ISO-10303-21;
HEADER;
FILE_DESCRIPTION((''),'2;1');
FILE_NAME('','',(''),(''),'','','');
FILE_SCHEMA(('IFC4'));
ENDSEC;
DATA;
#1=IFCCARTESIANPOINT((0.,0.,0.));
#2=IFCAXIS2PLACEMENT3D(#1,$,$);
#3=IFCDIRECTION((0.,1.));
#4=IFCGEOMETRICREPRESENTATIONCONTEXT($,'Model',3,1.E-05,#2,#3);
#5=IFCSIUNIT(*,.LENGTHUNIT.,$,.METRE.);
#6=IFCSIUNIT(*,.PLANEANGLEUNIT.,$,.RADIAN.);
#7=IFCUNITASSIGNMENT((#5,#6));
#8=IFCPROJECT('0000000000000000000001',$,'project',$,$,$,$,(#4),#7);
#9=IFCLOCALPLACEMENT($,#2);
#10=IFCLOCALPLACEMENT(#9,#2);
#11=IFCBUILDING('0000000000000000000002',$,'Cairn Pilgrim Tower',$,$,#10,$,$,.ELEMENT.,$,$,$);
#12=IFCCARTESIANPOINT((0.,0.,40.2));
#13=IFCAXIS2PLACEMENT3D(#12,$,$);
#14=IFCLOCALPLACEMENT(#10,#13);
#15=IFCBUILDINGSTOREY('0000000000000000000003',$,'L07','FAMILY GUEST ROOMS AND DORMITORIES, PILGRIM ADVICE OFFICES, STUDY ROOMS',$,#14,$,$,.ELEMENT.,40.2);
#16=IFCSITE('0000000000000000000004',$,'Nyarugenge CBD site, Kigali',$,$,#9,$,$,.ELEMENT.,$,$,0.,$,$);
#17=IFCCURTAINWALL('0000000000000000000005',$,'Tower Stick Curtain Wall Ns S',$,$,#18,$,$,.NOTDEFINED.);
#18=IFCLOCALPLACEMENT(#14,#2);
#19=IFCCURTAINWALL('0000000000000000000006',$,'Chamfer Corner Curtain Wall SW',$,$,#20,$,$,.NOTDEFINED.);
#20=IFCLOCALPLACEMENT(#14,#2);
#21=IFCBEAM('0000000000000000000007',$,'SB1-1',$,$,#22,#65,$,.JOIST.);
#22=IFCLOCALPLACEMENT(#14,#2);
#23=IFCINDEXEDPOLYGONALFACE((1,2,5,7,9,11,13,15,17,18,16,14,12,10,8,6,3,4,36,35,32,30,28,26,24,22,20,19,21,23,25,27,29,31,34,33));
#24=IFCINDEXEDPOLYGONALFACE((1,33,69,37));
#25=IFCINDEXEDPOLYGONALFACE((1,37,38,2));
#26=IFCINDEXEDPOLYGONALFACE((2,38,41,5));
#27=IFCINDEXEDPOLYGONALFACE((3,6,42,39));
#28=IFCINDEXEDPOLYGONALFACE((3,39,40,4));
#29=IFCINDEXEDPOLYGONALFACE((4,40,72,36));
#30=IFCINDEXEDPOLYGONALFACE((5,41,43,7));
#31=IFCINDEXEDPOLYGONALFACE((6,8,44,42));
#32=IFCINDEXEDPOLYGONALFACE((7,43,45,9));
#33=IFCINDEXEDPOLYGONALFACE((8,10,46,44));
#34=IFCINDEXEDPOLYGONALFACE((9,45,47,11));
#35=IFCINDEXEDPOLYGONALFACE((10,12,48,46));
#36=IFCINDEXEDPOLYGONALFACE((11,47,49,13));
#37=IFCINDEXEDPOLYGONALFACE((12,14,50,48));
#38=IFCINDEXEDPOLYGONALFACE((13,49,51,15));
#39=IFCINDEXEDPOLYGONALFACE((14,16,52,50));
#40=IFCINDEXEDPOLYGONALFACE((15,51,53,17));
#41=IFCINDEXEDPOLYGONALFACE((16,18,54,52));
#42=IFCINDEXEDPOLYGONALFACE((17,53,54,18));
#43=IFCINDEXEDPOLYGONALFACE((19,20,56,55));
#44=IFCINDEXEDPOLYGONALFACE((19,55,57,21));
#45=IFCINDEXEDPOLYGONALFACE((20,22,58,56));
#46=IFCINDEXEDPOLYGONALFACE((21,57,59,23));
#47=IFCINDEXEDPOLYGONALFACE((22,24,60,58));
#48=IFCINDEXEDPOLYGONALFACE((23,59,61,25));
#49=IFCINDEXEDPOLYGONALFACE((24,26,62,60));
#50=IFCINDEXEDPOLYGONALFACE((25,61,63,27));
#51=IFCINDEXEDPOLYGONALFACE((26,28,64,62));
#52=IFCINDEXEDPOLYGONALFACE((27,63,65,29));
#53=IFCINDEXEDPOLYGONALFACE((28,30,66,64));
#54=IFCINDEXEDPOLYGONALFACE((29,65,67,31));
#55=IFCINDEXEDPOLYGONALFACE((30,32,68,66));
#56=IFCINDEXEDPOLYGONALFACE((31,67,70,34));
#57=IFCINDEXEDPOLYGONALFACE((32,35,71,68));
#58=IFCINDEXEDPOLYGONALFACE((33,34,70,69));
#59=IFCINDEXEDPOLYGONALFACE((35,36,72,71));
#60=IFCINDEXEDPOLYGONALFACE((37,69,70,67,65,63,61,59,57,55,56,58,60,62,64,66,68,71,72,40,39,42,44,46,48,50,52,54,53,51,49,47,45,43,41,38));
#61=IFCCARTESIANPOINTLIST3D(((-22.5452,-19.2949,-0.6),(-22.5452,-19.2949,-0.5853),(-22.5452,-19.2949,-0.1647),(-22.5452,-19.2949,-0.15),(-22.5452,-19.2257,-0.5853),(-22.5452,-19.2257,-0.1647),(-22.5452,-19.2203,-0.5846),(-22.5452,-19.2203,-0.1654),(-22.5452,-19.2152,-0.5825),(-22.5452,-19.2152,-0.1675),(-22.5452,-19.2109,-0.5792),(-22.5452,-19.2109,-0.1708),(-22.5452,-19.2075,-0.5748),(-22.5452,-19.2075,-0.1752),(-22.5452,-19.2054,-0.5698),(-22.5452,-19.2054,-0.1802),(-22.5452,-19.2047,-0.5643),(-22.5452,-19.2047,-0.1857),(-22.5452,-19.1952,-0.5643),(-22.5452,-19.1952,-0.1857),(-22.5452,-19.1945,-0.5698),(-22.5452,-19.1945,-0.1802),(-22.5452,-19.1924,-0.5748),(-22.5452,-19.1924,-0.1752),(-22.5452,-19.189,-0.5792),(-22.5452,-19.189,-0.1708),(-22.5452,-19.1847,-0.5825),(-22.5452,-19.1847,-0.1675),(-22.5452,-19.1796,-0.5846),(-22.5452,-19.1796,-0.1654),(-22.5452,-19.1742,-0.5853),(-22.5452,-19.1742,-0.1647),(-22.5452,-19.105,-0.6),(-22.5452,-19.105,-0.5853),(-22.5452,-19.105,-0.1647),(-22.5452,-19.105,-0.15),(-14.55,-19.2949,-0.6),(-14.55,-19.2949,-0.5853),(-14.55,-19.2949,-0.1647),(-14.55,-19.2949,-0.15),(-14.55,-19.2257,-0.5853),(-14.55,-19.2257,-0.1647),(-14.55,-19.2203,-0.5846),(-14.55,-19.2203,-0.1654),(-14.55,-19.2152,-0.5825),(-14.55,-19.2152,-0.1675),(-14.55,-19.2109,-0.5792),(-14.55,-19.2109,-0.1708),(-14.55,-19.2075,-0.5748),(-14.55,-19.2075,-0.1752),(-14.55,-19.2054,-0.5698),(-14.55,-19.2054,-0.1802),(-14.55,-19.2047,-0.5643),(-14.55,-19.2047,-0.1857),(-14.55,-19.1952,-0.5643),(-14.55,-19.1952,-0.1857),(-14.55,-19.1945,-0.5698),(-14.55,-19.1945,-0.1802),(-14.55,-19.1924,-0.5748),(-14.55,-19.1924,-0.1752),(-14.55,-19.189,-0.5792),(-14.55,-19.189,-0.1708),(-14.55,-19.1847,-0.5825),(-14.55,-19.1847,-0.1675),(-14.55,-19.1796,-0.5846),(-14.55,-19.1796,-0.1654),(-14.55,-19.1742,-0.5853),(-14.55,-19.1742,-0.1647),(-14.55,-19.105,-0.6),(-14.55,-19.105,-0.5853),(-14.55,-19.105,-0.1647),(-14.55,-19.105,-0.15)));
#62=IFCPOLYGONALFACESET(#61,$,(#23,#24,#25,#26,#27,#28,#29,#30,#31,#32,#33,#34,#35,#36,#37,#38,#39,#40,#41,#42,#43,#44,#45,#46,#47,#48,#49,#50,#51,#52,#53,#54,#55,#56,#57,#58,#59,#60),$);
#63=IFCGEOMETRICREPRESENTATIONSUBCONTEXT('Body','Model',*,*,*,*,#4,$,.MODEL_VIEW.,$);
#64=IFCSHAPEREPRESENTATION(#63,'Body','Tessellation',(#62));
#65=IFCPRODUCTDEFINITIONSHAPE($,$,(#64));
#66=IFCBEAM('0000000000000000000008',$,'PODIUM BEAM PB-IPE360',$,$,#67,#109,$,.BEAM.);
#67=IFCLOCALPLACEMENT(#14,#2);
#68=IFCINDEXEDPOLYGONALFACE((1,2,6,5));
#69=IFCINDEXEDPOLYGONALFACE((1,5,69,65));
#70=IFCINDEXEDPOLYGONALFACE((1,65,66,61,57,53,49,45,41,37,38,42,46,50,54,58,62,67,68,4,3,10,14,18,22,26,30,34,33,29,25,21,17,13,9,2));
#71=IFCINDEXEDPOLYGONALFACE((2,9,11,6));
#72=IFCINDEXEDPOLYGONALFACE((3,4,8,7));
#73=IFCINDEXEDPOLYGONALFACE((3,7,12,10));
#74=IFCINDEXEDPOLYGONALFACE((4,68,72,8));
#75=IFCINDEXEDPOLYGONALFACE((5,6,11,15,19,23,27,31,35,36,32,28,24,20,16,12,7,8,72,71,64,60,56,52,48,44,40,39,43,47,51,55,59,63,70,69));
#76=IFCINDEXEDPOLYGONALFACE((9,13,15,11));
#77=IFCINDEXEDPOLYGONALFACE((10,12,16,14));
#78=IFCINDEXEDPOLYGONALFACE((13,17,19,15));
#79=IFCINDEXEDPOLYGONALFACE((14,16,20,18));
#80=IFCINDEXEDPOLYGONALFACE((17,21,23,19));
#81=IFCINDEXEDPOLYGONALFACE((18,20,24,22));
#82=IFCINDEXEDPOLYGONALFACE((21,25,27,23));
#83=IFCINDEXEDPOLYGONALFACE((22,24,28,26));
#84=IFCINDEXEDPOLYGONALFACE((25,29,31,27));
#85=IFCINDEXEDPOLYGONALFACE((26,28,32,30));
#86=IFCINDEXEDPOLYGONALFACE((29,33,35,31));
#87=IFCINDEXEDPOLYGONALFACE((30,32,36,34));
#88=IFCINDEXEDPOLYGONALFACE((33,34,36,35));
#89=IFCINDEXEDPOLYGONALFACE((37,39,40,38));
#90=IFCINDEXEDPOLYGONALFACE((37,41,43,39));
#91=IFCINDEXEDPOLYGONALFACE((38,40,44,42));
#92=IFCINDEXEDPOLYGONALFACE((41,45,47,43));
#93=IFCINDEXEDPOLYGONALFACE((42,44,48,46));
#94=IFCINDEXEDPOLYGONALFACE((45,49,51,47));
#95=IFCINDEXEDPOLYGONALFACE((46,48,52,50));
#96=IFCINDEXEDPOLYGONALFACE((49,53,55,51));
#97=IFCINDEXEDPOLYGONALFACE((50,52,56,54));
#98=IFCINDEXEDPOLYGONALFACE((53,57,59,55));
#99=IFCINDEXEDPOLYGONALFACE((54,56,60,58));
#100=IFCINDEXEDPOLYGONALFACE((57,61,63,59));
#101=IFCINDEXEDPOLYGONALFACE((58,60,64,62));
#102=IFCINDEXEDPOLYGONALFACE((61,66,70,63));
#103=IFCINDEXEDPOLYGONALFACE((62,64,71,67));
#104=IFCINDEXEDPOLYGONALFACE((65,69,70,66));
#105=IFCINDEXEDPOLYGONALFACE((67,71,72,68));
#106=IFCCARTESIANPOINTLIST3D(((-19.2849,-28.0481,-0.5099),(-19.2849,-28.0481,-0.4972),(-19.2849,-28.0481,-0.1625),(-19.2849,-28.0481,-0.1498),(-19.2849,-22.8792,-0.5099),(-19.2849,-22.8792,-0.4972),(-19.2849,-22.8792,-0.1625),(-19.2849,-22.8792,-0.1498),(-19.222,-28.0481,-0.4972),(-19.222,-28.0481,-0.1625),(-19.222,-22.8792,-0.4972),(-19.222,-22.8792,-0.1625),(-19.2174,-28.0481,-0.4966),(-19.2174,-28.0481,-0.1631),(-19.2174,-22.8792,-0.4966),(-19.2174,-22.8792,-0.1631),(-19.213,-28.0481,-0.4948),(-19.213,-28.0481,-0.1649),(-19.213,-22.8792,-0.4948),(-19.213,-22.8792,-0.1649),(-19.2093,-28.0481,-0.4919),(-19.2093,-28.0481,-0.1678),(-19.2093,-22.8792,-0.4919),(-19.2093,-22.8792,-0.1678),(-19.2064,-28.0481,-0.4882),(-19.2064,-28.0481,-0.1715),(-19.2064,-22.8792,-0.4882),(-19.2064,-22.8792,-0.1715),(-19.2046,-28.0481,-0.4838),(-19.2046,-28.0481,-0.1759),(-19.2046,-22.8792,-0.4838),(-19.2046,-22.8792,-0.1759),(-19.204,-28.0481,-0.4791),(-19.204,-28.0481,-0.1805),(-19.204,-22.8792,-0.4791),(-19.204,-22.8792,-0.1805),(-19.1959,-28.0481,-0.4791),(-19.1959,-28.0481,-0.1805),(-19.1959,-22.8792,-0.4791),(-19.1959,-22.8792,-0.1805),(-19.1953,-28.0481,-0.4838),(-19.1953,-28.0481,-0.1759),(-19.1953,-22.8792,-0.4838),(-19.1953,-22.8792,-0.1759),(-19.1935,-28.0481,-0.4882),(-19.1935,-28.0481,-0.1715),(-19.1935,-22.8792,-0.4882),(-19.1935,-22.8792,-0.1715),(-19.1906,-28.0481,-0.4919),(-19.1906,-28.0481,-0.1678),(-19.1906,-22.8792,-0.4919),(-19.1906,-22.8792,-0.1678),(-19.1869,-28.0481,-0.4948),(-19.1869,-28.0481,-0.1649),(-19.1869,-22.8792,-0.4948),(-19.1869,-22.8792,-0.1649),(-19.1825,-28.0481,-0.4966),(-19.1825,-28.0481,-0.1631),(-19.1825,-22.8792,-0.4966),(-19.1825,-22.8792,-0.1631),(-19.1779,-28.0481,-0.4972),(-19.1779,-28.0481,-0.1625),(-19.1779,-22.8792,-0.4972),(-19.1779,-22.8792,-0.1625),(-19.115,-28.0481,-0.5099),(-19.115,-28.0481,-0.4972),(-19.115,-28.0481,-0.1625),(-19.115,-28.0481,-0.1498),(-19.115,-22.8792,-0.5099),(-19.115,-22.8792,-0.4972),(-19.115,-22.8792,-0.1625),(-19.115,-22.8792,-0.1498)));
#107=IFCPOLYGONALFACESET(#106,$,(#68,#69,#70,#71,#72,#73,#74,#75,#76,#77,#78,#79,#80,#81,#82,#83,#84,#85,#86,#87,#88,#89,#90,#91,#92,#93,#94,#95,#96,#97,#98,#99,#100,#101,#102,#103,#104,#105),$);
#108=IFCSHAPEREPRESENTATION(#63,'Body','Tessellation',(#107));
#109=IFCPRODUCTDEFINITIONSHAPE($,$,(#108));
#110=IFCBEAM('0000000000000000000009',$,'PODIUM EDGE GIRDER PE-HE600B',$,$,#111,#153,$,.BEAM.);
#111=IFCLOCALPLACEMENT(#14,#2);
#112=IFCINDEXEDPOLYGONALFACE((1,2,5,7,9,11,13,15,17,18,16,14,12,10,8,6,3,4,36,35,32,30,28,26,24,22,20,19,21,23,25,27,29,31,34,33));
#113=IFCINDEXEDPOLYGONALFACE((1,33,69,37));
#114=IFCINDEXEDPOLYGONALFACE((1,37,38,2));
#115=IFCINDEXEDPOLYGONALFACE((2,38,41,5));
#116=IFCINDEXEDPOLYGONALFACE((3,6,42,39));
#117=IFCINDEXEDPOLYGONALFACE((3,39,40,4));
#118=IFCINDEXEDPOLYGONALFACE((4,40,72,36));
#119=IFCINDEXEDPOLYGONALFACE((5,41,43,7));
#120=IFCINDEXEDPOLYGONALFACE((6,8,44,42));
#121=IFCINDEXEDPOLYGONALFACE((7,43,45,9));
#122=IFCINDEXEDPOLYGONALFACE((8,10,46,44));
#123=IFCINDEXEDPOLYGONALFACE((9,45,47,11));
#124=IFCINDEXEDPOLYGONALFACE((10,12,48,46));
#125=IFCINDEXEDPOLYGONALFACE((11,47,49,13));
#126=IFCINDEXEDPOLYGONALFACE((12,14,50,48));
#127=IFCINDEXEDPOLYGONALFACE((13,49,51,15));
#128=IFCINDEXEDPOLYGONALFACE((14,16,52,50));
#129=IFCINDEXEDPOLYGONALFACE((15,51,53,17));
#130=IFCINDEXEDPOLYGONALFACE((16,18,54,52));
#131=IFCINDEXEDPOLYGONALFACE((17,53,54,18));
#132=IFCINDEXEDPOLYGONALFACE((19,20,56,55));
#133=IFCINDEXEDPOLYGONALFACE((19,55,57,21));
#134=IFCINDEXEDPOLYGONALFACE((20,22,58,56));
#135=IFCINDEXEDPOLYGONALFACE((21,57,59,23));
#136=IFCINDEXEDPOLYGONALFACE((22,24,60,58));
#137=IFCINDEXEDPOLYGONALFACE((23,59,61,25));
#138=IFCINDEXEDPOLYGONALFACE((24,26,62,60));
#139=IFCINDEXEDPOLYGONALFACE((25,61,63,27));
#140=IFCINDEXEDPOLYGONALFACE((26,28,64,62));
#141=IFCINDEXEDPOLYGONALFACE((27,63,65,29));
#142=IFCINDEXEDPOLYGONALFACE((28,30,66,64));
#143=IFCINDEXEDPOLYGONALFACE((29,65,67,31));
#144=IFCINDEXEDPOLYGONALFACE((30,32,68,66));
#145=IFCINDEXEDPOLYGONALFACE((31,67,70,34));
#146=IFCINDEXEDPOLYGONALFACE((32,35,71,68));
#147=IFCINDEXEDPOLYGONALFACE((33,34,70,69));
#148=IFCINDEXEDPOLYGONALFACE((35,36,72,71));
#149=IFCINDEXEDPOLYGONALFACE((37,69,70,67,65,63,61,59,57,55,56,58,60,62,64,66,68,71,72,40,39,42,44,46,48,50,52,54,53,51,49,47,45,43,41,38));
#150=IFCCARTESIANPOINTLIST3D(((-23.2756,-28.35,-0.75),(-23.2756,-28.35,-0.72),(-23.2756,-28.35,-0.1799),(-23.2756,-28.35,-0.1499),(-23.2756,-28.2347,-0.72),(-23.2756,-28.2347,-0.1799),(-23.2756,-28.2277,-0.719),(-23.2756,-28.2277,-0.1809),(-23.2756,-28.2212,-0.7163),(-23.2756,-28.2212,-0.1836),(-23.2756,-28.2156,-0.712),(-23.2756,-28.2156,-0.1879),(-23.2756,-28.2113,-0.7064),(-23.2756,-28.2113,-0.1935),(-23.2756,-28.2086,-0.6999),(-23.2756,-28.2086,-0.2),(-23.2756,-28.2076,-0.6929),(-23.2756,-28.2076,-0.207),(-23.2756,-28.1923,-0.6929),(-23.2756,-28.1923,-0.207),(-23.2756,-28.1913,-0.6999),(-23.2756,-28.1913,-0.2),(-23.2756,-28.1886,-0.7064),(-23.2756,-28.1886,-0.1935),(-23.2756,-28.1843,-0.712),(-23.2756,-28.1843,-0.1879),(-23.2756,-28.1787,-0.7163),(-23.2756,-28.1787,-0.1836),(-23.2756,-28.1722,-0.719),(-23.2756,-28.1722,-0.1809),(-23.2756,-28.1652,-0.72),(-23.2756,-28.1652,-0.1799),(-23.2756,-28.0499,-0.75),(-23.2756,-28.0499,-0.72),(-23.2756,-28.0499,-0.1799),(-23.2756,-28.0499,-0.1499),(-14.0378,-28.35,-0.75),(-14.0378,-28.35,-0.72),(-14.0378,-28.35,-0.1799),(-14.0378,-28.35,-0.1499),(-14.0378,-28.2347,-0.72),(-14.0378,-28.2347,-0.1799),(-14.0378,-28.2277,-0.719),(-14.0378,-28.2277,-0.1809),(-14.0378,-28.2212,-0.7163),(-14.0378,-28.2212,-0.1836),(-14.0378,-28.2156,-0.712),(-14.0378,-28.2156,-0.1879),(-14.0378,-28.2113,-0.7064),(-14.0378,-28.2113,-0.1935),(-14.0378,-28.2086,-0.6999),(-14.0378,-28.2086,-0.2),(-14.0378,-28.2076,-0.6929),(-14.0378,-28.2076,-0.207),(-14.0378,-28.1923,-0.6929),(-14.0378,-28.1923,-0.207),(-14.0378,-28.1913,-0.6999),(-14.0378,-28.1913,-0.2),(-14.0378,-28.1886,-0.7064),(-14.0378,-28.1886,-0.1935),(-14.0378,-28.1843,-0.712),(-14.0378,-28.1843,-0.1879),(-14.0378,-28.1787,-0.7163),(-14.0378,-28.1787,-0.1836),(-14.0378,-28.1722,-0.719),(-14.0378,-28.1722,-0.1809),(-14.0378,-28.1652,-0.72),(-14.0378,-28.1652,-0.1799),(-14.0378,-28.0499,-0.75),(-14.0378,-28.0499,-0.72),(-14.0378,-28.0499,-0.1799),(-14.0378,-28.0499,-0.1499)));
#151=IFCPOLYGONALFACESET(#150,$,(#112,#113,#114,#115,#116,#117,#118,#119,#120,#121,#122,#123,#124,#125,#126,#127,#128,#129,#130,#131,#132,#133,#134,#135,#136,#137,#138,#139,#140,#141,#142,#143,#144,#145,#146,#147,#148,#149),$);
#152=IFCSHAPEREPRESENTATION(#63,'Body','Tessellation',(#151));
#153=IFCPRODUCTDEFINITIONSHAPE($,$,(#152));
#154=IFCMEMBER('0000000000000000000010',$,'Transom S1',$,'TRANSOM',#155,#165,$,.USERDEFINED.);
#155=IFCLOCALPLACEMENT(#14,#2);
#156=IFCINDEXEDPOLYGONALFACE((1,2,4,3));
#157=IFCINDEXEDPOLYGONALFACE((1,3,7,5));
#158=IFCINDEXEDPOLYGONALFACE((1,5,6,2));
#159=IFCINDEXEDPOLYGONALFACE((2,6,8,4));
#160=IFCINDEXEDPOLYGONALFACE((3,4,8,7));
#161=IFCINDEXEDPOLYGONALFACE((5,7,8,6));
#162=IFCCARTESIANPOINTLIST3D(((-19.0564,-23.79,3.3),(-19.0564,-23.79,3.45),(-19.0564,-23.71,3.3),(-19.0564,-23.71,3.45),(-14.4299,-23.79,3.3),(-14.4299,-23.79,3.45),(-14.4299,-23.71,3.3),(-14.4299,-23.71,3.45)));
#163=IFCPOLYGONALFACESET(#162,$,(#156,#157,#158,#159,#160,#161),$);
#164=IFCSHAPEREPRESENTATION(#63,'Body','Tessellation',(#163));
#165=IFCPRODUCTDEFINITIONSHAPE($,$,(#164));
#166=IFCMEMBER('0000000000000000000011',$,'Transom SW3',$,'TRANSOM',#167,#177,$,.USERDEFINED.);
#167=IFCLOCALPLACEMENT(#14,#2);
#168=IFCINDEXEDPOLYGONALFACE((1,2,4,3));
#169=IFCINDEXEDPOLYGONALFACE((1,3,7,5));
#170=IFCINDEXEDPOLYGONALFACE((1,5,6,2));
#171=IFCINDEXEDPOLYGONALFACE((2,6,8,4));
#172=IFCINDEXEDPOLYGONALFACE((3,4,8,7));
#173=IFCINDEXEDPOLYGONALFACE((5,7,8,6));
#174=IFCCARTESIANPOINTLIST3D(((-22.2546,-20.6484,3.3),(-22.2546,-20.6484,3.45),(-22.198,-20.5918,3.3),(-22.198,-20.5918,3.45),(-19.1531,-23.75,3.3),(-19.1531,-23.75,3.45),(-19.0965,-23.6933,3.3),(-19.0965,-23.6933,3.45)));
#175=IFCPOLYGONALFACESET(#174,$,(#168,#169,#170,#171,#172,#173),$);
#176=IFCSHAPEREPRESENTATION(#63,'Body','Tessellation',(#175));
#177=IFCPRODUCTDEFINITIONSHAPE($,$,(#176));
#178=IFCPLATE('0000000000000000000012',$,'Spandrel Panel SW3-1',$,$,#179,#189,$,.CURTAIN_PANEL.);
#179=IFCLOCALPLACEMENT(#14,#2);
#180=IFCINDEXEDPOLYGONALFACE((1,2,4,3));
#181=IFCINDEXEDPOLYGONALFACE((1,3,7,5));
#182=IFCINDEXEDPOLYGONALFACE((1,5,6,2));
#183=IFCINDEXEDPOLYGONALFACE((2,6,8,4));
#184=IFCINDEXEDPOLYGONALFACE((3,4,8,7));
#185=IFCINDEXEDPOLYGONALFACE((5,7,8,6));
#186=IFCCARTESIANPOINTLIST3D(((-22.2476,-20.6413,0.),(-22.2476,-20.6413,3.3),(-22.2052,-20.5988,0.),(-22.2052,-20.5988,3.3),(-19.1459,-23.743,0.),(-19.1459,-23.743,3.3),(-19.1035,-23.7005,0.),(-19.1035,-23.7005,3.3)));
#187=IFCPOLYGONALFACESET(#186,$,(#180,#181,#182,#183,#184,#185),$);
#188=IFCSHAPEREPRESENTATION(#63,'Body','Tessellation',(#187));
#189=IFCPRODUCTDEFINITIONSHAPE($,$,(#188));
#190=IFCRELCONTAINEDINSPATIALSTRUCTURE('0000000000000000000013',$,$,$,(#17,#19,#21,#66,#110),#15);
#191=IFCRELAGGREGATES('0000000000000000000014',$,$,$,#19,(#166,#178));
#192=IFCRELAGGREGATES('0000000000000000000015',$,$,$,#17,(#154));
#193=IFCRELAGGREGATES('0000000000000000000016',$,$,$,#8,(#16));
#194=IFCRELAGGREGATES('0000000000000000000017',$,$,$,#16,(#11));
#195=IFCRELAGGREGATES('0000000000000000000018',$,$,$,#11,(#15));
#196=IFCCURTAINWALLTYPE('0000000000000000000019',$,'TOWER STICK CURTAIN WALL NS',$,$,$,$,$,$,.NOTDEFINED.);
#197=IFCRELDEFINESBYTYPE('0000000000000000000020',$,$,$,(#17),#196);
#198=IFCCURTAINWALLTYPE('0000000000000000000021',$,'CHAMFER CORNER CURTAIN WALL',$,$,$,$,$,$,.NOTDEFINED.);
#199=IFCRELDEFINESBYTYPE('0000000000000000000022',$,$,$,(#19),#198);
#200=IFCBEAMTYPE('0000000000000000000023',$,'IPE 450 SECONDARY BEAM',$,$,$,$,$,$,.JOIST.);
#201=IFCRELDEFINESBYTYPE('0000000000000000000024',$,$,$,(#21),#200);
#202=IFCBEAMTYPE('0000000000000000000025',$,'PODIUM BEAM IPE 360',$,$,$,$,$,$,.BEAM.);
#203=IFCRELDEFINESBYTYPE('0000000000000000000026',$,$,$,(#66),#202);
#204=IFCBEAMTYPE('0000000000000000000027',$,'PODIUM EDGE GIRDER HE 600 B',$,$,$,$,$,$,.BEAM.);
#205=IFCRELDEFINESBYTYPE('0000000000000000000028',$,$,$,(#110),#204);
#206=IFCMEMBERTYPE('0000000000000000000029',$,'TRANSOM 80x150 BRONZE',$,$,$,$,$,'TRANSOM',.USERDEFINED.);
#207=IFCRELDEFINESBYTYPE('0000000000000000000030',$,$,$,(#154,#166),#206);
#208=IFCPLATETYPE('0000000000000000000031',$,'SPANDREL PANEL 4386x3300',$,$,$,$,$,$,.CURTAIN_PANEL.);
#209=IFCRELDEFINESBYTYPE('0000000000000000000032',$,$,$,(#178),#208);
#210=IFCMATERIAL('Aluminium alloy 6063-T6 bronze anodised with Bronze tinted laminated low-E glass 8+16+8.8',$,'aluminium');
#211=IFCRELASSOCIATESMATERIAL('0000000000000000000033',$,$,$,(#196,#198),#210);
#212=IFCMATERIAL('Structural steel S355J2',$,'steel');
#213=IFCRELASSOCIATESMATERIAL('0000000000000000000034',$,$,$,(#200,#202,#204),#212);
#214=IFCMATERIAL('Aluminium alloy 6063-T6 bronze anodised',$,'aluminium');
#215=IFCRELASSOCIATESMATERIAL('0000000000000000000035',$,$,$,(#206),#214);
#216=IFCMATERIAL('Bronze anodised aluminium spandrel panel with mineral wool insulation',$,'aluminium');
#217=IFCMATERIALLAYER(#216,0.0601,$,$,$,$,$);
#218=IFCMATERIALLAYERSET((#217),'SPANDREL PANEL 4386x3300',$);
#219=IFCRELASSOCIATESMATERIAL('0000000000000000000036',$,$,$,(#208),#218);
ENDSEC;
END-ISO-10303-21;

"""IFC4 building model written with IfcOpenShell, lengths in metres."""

from ifc_helpers import new_model, si_unit, direction, frame, origin, origin_2d, place, context, subcontext, project, spatial, rectangle, i_section, extrude, material, layer, layer_set, material_profile, profile_set, type_object, element, aggregate, save


model = new_model("IFC4")

# Units and contexts
model_context = context("Model", 3, precision=1e-05, world=origin(), true_north=direction((0.0, 1.0)))
body_context = subcontext(model_context, "Body", "Model", "MODEL_VIEW")
ifc_project = project(units=[si_unit("LENGTHUNIT", "METRE"), si_unit("PLANEANGLEUNIT", "RADIAN")], contexts=[model_context])

# Site, building, storey
site_placement = place(None, origin())
site = spatial("IfcSite", under=ifc_project, at=site_placement, Name="Nyarugenge CBD site, Kigali", CompositionType="ELEMENT", RefElevation=0.0)
building_placement = place(site_placement, origin())
building = spatial("IfcBuilding", under=site, at=building_placement, Name="Cairn Pilgrim Tower", CompositionType="ELEMENT")
storey_placement = place(building_placement, frame((0.0, 0.0, 40.2)))
storey = spatial("IfcBuildingStorey", under=building, at=storey_placement, Name="L07", Description="FAMILY GUEST ROOMS AND DORMITORIES, PILGRIM ADVICE OFFICES, STUDY ROOMS", CompositionType="ELEMENT", Elevation=40.2)

# Curtain walls
ifc_material_1 = material(Name="Aluminium alloy 6063-T6 bronze anodised with Bronze tinted laminated low-E glass 8+16+8.8", Category="aluminium")
curtain_wall_type_1 = type_object("IfcCurtainWallType", Name="TOWER STICK CURTAIN WALL NS", PredefinedType="NOTDEFINED", material=ifc_material_1)
curtain_wall_1_placement = place(storey_placement, origin())
curtain_wall_1 = element("IfcCurtainWall", 1, at=curtain_wall_1_placement, inside=storey, type_object=curtain_wall_type_1, Name="Tower Stick Curtain Wall Ns S", PredefinedType="NOTDEFINED")
ifc_material_2 = material(Name="Aluminium alloy 6063-T6 bronze anodised", Category="aluminium")
curtain_wall_type_2 = type_object("IfcCurtainWallType", Name="CHAMFER CORNER CURTAIN WALL", PredefinedType="NOTDEFINED", material=ifc_material_1)
curtain_wall_2_placement = place(storey_placement, origin())
curtain_wall_2 = element("IfcCurtainWall", 2, at=curtain_wall_2_placement, inside=storey, type_object=curtain_wall_type_2, Name="Chamfer Corner Curtain Wall SW", PredefinedType="NOTDEFINED")

# Beams
ifc_material_3 = material(Name="Structural steel S355J2", Category="steel")
ifc_material_profile_1 = material_profile(ifc_material_3, i_section(OverallWidth=0.1899, OverallDepth=0.45, WebThickness=0.0095, FlangeThickness=0.0146, FilletRadius=0.021, at=origin_2d()), Name="IPE 450")
ifc_profile_set_1 = profile_set([ifc_material_profile_1], Name="Structural steel S355J2")
beam_type_1 = type_object("IfcBeamType", Name="IPE 450 SECONDARY BEAM", PredefinedType="JOIST", material=ifc_profile_set_1)
beam_1_placement = place(storey_placement, frame((-22.5452, -19.2, -0.375), z_axis=(1.0, 0.0, 0.0), x_axis=(0.0, 1.0, 0.0)))
element("IfcBeam", 3, at=beam_1_placement, inside=storey, type_object=beam_type_1, Name="SB1-1", PredefinedType="JOIST", context=body_context, shape_type="SweptSolid", body=[
    extrude(i_section(OverallWidth=0.1899, OverallDepth=0.45, WebThickness=0.0095, FlangeThickness=0.0146, FilletRadius=0.021, at=origin_2d()), origin(), (0.0, 0.0, 1.0), 7.9951),
])
ifc_material_profile_2 = material_profile(ifc_material_3, i_section(OverallWidth=0.1699, OverallDepth=0.3601, WebThickness=0.0081, FlangeThickness=0.0127, FilletRadius=0.0181, at=origin_2d()), Name="IPE 360")
ifc_profile_set_2 = profile_set([ifc_material_profile_2], Name="Structural steel S355J2")
beam_type_2 = type_object("IfcBeamType", Name="PODIUM BEAM IPE 360", PredefinedType="BEAM", material=ifc_profile_set_2)
beam_2_placement = place(storey_placement, frame((-19.2, -28.0481, -0.3298), z_axis=(0.0, 1.0, 0.0), x_axis=(-1.0, 0.0, 0.0)))
element("IfcBeam", 4, at=beam_2_placement, inside=storey, type_object=beam_type_2, Name="PODIUM BEAM PB-IPE360", PredefinedType="BEAM", context=body_context, shape_type="SweptSolid", body=[
    extrude(i_section(OverallWidth=0.1699, OverallDepth=0.3601, WebThickness=0.0081, FlangeThickness=0.0127, FilletRadius=0.0181, at=origin_2d()), origin(), (0.0, 0.0, 1.0), 5.1689),
])
ifc_material_profile_3 = material_profile(ifc_material_3, i_section(OverallWidth=0.3, OverallDepth=0.6001, WebThickness=0.0154, FlangeThickness=0.03, FilletRadius=0.0271, at=origin_2d()), Name="HEB 600")
ifc_profile_set_3 = profile_set([ifc_material_profile_3], Name="Structural steel S355J2")
beam_type_3 = type_object("IfcBeamType", Name="PODIUM EDGE GIRDER HE 600 B", PredefinedType="BEAM", material=ifc_profile_set_3)
beam_3_placement = place(storey_placement, frame((-23.2756, -28.2, -0.45), z_axis=(1.0, 0.0, 0.0), x_axis=(0.0, 1.0, 0.0)))
element("IfcBeam", 5, at=beam_3_placement, inside=storey, type_object=beam_type_3, Name="PODIUM EDGE GIRDER PE-HE600B", PredefinedType="BEAM", context=body_context, shape_type="SweptSolid", body=[
    extrude(i_section(OverallWidth=0.3, OverallDepth=0.6001, WebThickness=0.0154, FlangeThickness=0.03, FilletRadius=0.0271, at=origin_2d()), origin(), (0.0, 0.0, 1.0), 9.2378),
])

# Members
ifc_material_profile_4 = material_profile(ifc_material_2, rectangle(XDim=0.0801, YDim=0.1499, at=origin_2d()), Name="TRANSOM 80x150 BRONZE")
ifc_profile_set_4 = profile_set([ifc_material_profile_4], Name="Aluminium alloy 6063-T6 bronze anodised")
member_type_1 = type_object("IfcMemberType", Name="TRANSOM 80x150 BRONZE", ElementType="TRANSOM", PredefinedType="USERDEFINED", material=ifc_profile_set_4)
member_1_placement = place(storey_placement, frame((-19.0564, -23.75, 3.375), z_axis=(1.0, 0.0, 0.0), x_axis=(0.0, 1.0, 0.0)))
member_1 = element("IfcMember", 6, at=member_1_placement, type_object=member_type_1, Name="Transom S1", ObjectType="TRANSOM", PredefinedType="USERDEFINED", context=body_context, shape_type="SweptSolid", body=[
    extrude(rectangle(XDim=0.0801, YDim=0.1499, at=origin_2d()), origin(), (0.0, 0.0, 1.0), 4.6265),
])
member_2_placement = place(storey_placement, frame((-22.2263, -20.6201, 3.375), z_axis=(0.707107, -0.707107, 0.0), x_axis=(0.707107, 0.707107, 0.0)))
member_2 = element("IfcMember", 7, at=member_2_placement, type_object=member_type_1, Name="Transom SW3", ObjectType="TRANSOM", PredefinedType="USERDEFINED", context=body_context, shape_type="SweptSolid", body=[
    extrude(rectangle(XDim=0.0801, YDim=0.1499, at=origin_2d()), origin(), (0.0, 0.0, 1.0), 4.3862),
])

# Plate
ifc_material_4 = material(Name="Bronze anodised aluminium spandrel panel with mineral wool insulation", Category="aluminium")
ifc_layer_1 = layer(ifc_material_4, 0.0601)
ifc_layer_set_1 = layer_set([ifc_layer_1], Name="SPANDREL PANEL 4386x3300")
plate_type_1 = type_object("IfcPlateType", Name="SPANDREL PANEL 4386x3300", PredefinedType="CURTAIN_PANEL", material=ifc_layer_set_1)
plate_1_placement = place(storey_placement, frame((-20.6755, -22.1709, 0.0), z_axis=(0.0, 0.0, 1.0), x_axis=(0.707107, -0.707107, 0.0)))
plate_1 = element("IfcPlate", 8, at=plate_1_placement, type_object=plate_type_1, Name="Spandrel Panel SW3-1", PredefinedType="CURTAIN_PANEL", context=body_context, shape_type="SweptSolid", body=[
    extrude(rectangle(XDim=4.3865, YDim=0.0601, at=origin_2d()), origin(), (0.0, 0.0, 1.0), 3.3),
])
aggregate(curtain_wall_2, [member_2, plate_1])
aggregate(curtain_wall_1, [member_1])

save(model, "model.ifc")
